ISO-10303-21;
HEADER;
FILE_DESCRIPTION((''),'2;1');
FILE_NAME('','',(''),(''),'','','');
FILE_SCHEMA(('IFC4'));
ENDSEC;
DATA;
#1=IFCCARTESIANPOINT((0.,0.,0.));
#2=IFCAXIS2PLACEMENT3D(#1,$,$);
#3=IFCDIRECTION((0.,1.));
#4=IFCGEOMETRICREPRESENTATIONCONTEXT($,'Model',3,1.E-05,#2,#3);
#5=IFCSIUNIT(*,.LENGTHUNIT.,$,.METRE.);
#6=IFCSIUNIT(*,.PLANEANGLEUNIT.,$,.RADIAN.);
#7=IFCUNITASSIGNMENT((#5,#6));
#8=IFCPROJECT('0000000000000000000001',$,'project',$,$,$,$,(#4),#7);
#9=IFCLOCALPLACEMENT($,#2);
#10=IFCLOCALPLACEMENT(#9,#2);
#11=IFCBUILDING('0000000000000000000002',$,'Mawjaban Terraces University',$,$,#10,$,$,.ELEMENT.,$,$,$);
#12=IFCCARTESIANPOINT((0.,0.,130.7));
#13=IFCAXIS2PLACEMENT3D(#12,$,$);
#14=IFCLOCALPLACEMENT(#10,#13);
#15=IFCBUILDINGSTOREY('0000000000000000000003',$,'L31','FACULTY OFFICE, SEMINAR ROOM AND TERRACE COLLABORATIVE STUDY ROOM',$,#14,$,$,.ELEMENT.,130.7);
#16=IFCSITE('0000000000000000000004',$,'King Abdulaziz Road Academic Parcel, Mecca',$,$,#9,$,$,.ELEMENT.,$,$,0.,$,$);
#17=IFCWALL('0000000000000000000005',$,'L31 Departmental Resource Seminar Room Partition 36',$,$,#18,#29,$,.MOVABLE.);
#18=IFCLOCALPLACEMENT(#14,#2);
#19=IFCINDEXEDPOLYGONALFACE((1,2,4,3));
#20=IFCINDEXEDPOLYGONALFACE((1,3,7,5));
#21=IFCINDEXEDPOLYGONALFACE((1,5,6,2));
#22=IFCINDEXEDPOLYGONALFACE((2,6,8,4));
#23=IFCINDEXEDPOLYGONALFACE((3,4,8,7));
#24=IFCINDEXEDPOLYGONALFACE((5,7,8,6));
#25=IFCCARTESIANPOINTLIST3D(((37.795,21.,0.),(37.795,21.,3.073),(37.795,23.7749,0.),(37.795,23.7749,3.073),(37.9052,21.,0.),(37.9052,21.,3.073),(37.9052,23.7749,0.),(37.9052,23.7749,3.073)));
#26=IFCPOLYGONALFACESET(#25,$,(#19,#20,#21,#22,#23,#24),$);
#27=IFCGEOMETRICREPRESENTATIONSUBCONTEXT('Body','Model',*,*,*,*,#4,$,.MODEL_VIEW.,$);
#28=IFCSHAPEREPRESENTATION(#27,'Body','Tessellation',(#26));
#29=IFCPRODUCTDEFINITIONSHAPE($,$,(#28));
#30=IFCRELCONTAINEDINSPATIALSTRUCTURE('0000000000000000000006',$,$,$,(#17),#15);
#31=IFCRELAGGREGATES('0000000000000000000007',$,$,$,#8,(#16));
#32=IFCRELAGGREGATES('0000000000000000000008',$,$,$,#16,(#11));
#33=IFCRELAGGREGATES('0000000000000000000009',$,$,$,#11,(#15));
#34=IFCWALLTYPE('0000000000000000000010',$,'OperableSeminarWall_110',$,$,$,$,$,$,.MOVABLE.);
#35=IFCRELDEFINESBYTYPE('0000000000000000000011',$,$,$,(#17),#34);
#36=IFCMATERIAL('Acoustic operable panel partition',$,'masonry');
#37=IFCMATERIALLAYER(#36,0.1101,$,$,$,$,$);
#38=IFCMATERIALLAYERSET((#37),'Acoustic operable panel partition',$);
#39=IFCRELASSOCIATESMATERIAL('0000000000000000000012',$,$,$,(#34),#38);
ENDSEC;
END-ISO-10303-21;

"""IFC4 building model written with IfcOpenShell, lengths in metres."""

from ifc_helpers import new_model, si_unit, direction, frame, frame_2d, origin, place, context, subcontext, project, spatial, rectangle, extrude, material, layer, layer_set, type_object, element, save


model = new_model("IFC4")

# Units and contexts
model_context = context("Model", 3, precision=1e-05, world=origin(), true_north=direction((0.0, 1.0)))
body_context = subcontext(model_context, "Body", "Model", "MODEL_VIEW")
ifc_project = project(units=[si_unit("LENGTHUNIT", "METRE"), si_unit("PLANEANGLEUNIT", "RADIAN")], contexts=[model_context])

# Site, building, storey
site_placement = place(None, origin())
site = spatial("IfcSite", under=ifc_project, at=site_placement, Name="King Abdulaziz Road Academic Parcel, Mecca", CompositionType="ELEMENT", RefElevation=0.0)
building_placement = place(site_placement, origin())
building = spatial("IfcBuilding", under=site, at=building_placement, Name="Mawjaban Terraces University", CompositionType="ELEMENT")
storey_placement = place(building_placement, frame((0.0, 0.0, 130.7)))
storey = spatial("IfcBuildingStorey", under=building, at=storey_placement, Name="L31", Description="FACULTY OFFICE, SEMINAR ROOM AND TERRACE COLLABORATIVE STUDY ROOM", CompositionType="ELEMENT", Elevation=130.7)

# Wall
ifc_material_1 = material(Name="Acoustic operable panel partition", Category="masonry")
ifc_layer_1 = layer(ifc_material_1, 0.1101)
ifc_layer_set_1 = layer_set([ifc_layer_1], Name="Acoustic operable panel partition")
wall_type_1 = type_object("IfcWallType", Name="OperableSeminarWall_110", PredefinedType="MOVABLE", material=ifc_layer_set_1)
wall_1_placement = place(storey_placement, frame((37.8501, 21.0, 0.0), z_axis=(0.0, 0.0, 1.0), x_axis=(0.0, 1.0, 0.0)))
element("IfcWall", 1, at=wall_1_placement, inside=storey, type_object=wall_type_1, Name="L31 Departmental Resource Seminar Room Partition 36", PredefinedType="MOVABLE", context=body_context, shape_type="SweptSolid", body=[
    extrude(rectangle(XDim=2.7749, YDim=0.1101, at=frame_2d((1.3875, 0.0))), origin(), (0.0, 0.0, 1.0), 3.073),
])

save(model, "model.ifc")
